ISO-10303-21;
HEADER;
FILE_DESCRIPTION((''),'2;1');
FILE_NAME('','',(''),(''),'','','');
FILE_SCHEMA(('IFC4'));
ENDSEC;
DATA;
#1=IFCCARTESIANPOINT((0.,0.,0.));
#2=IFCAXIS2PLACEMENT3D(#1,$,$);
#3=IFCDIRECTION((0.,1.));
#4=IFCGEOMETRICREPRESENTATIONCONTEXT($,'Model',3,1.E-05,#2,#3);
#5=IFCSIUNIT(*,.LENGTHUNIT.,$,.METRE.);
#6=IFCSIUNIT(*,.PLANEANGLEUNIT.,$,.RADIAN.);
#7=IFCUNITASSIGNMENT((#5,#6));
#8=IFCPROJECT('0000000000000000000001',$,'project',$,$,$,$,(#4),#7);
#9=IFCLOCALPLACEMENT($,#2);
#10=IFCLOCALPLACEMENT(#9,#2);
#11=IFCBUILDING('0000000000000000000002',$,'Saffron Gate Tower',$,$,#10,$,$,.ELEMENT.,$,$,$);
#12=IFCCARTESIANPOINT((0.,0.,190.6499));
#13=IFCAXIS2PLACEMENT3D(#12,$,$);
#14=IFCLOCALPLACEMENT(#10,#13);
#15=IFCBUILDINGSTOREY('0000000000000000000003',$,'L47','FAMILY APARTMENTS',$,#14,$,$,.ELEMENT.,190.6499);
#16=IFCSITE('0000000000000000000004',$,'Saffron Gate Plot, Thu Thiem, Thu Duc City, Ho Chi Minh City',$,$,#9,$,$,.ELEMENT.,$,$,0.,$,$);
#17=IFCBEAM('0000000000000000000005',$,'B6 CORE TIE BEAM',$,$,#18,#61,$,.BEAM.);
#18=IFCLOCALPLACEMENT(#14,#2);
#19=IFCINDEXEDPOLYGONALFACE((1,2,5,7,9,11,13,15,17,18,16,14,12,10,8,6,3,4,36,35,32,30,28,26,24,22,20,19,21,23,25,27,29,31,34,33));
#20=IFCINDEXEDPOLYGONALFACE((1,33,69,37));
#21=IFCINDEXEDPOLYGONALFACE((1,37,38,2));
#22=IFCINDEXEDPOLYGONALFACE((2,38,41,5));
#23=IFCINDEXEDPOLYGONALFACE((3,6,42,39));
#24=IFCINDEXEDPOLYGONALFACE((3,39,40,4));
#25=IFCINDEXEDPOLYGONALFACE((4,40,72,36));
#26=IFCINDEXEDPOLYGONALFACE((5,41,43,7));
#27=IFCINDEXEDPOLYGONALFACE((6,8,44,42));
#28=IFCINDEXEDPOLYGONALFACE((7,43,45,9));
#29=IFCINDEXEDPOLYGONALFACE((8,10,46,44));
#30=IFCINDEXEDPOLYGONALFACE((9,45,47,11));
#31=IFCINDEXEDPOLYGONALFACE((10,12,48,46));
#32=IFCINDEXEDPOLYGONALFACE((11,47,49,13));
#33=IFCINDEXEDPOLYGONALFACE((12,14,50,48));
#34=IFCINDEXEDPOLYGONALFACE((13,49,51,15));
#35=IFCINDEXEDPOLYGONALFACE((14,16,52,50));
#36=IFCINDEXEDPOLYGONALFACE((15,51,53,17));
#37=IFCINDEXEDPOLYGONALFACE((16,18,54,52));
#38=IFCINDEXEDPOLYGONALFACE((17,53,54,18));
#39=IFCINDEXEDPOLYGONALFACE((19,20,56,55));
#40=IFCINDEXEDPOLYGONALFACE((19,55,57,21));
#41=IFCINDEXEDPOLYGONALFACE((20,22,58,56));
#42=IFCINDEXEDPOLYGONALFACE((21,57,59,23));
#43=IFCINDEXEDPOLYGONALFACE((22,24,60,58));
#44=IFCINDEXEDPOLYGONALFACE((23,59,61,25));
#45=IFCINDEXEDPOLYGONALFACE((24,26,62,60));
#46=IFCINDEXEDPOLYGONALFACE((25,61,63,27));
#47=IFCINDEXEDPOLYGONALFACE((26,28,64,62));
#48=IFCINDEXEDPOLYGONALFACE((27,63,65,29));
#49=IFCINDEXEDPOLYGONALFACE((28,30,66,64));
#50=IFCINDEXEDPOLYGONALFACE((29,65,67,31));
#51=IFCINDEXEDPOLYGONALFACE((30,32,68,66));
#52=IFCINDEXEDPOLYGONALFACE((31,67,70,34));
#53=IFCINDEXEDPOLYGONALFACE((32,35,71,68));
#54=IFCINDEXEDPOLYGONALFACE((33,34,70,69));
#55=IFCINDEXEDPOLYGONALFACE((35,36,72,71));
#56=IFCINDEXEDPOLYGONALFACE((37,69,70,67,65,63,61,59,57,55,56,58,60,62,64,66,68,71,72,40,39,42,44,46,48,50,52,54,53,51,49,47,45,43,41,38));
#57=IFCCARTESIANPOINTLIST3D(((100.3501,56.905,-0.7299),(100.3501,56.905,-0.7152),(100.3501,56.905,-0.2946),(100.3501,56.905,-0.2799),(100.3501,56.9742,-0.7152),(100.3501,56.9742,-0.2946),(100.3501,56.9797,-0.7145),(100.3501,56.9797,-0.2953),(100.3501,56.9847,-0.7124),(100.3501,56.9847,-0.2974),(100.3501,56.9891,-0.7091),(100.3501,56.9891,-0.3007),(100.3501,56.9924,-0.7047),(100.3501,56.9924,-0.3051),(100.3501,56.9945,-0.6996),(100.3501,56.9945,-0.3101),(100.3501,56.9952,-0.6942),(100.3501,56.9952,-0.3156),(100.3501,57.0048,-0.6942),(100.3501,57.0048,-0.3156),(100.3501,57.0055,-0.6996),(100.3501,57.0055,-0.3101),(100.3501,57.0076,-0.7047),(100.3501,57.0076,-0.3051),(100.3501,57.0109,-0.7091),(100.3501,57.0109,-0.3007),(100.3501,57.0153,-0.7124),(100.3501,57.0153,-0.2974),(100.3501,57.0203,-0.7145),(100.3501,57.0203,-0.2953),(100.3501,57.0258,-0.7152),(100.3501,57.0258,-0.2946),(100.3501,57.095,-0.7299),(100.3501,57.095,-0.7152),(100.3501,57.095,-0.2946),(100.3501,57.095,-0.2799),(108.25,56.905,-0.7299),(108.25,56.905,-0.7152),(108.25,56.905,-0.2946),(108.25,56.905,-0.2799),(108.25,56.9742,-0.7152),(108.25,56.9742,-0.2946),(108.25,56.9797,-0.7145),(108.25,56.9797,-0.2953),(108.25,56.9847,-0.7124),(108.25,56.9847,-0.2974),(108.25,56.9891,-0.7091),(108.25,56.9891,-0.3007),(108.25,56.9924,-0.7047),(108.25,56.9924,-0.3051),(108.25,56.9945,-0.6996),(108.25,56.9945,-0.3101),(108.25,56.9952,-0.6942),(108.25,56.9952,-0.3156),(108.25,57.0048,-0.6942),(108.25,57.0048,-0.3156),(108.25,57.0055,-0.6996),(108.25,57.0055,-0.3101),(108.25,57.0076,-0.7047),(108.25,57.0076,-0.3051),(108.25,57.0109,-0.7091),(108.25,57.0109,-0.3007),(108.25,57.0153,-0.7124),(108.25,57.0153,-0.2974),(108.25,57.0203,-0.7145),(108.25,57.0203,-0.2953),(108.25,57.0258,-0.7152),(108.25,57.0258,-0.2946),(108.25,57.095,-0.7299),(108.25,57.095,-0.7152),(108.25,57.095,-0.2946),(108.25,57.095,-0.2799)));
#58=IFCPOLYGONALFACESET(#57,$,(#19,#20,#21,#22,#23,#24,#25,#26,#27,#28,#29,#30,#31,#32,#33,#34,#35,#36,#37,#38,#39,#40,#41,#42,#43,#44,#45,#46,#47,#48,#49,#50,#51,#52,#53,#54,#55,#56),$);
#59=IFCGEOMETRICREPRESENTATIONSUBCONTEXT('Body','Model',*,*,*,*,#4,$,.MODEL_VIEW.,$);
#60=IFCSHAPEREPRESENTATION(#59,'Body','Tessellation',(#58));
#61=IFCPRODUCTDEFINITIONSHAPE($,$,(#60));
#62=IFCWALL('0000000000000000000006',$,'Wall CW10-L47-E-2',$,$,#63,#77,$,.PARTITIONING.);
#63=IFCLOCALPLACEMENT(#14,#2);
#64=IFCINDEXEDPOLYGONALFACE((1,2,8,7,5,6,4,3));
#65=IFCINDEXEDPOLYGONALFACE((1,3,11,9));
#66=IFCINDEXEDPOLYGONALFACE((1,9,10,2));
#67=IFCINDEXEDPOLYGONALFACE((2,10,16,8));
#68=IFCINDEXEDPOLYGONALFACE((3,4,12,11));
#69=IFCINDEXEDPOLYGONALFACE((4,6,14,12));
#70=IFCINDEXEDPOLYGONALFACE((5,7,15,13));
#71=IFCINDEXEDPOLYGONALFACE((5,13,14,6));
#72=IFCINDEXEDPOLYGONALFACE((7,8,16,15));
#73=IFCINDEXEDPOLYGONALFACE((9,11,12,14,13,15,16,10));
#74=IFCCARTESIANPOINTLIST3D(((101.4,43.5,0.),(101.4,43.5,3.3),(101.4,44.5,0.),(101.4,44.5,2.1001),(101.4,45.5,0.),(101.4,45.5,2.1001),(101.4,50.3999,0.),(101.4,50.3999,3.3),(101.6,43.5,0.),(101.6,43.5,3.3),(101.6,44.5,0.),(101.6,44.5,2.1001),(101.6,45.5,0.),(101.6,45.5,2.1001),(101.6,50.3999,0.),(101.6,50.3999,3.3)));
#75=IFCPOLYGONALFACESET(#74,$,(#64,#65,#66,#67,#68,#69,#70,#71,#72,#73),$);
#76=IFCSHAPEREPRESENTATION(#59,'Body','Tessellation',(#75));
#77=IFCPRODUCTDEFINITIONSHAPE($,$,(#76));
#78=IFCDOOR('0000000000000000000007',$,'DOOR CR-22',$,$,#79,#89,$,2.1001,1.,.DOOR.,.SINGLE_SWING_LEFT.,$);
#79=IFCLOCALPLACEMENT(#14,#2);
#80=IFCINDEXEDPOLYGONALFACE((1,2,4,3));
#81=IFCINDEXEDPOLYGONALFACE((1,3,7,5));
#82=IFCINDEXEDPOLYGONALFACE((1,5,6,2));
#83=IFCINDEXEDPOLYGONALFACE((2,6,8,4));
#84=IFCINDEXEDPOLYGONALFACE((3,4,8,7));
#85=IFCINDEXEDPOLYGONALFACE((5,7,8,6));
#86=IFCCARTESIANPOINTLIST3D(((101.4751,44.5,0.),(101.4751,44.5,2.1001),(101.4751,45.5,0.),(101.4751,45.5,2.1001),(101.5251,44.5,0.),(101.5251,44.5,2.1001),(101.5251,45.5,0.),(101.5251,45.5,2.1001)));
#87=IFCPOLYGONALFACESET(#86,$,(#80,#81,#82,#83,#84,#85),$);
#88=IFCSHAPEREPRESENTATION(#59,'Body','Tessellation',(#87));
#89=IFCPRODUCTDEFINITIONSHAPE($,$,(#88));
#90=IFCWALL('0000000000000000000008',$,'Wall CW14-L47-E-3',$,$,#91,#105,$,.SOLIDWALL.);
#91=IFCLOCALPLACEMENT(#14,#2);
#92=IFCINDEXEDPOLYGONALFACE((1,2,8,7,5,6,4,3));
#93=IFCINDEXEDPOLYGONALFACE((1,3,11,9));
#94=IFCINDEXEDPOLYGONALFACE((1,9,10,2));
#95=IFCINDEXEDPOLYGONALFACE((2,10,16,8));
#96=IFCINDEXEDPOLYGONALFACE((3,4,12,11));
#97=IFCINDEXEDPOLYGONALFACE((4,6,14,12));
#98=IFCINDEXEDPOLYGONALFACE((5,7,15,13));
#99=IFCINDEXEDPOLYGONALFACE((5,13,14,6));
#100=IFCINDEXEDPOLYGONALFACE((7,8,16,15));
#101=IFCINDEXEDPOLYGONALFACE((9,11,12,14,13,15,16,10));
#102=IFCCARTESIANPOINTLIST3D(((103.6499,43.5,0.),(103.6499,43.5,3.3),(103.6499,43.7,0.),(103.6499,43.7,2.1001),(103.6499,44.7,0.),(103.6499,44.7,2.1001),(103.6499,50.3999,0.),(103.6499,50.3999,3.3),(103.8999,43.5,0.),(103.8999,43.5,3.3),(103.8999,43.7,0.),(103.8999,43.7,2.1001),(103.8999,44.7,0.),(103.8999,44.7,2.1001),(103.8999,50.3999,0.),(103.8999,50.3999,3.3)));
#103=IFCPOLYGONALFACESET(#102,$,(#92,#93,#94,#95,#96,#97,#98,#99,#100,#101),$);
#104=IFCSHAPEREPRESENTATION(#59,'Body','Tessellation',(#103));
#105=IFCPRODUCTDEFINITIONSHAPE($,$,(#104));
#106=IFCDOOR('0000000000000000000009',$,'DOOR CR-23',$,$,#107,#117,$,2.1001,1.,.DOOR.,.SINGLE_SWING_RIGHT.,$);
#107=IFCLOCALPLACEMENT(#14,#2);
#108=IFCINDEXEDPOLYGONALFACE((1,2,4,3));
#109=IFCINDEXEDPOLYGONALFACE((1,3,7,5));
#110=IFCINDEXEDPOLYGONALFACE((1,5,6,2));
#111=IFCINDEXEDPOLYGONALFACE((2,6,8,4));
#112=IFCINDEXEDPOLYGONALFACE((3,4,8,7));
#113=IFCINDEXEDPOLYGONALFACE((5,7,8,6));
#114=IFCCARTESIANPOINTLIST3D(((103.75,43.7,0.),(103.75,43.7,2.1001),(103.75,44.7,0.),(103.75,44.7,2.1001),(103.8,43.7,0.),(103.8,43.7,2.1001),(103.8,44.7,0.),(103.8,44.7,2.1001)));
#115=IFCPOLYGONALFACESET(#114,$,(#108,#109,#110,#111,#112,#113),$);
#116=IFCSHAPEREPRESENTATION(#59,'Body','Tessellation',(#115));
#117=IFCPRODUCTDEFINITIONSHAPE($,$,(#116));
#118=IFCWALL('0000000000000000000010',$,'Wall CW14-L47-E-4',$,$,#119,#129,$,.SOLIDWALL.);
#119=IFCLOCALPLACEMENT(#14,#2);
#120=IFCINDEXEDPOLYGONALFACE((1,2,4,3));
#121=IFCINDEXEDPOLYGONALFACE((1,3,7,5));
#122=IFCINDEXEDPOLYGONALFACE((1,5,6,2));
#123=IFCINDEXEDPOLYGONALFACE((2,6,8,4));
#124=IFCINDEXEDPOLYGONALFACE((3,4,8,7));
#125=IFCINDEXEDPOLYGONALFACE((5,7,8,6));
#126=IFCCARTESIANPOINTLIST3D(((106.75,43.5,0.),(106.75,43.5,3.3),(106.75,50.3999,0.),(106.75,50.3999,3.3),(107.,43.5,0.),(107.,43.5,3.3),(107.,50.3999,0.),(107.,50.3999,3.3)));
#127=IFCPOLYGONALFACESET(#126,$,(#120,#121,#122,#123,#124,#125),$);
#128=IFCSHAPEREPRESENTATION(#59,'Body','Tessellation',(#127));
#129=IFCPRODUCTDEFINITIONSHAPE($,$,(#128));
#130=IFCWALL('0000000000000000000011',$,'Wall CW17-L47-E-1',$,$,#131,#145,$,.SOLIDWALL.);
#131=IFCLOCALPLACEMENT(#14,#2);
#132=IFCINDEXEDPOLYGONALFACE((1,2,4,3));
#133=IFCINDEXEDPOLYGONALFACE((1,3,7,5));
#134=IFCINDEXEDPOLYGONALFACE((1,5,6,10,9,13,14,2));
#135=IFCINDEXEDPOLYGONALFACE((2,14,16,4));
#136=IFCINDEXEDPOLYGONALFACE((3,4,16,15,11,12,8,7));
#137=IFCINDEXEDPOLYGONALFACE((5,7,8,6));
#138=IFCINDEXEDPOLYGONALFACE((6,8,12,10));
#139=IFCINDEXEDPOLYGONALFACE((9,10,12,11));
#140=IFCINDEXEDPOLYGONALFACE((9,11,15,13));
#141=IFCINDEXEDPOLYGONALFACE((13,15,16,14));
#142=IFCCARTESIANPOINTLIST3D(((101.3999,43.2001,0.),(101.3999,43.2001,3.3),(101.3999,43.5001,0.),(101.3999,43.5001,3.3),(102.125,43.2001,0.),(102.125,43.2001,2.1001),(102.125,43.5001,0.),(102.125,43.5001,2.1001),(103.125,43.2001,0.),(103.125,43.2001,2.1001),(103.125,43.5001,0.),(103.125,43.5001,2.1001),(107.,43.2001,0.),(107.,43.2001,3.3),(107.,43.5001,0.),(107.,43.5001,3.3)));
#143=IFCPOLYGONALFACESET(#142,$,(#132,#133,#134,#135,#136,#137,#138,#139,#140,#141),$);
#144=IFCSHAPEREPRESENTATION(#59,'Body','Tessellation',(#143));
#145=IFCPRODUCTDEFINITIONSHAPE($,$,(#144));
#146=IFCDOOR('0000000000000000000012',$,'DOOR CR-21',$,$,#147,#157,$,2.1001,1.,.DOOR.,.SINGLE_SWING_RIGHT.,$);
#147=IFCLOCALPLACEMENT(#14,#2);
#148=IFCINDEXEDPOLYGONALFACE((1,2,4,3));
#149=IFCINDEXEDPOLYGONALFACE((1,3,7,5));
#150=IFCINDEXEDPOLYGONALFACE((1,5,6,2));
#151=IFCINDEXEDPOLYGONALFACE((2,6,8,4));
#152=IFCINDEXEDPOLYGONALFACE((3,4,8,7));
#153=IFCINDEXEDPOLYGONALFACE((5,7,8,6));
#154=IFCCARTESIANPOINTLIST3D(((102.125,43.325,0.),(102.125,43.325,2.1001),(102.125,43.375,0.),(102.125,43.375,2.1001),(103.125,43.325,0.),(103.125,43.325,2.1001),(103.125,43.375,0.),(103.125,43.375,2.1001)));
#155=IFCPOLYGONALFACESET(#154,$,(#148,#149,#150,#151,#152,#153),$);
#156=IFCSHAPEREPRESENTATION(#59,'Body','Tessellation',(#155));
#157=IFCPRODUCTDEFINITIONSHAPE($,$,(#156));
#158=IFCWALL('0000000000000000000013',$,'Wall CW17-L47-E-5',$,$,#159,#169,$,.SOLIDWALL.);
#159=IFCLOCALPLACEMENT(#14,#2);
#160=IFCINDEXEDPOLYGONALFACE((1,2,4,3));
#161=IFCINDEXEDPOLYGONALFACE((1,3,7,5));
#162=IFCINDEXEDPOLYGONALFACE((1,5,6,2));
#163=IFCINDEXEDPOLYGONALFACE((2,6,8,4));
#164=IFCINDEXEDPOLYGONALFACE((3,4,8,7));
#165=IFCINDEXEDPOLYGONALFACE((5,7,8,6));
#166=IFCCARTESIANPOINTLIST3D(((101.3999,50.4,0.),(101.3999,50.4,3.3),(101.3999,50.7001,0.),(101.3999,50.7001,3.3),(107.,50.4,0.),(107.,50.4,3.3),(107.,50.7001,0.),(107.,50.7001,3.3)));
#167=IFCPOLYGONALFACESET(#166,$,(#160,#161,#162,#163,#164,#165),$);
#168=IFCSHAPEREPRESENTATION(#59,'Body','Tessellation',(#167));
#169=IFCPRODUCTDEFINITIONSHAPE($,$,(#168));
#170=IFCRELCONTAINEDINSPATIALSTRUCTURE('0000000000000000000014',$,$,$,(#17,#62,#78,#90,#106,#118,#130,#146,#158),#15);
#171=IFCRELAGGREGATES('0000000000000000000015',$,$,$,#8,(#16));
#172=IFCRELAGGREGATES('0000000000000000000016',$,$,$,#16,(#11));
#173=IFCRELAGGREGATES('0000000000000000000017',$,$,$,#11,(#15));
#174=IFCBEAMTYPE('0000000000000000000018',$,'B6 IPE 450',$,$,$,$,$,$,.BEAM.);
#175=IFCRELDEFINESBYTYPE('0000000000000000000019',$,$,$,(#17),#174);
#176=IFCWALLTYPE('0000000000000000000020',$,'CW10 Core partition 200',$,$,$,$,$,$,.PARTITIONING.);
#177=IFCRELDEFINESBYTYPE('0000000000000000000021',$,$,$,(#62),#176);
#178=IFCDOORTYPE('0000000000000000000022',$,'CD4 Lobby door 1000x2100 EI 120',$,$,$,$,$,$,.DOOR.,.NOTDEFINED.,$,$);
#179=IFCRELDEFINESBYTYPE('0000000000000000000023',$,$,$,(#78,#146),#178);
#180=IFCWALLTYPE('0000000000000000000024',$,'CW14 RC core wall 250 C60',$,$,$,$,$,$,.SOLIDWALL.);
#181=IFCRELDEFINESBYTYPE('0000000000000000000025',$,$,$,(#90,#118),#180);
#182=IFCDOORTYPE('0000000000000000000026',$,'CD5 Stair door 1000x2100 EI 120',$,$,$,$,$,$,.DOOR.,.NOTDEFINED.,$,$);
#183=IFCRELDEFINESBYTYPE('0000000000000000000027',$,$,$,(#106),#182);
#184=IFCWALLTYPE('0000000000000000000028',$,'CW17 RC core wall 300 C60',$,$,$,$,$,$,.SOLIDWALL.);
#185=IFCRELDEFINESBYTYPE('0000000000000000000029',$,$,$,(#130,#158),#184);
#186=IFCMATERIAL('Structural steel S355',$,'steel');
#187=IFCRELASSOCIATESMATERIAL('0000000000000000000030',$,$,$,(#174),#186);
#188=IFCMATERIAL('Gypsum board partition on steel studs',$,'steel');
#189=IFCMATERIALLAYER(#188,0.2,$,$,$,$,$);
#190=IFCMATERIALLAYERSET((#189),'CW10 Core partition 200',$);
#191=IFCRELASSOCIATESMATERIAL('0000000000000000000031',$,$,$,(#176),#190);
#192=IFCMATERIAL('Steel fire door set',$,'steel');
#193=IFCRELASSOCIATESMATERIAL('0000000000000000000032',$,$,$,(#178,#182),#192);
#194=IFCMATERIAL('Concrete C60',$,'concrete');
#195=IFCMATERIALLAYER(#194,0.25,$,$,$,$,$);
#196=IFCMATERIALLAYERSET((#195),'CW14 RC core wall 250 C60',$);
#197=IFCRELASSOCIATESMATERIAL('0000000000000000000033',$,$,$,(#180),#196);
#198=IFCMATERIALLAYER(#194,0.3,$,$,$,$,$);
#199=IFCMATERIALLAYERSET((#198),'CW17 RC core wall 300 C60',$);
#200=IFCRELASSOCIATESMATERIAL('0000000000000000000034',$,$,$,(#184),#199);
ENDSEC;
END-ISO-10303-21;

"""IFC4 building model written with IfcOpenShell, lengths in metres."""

from ifc_helpers import new_model, si_unit, direction, frame, frame_2d, origin, origin_2d, place, context, subcontext, project, spatial, rectangle, i_section, extrude, material, layer, layer_set, material_profile, profile_set, type_object, element, fill, save


model = new_model("IFC4")

# Units and contexts
model_context = context("Model", 3, precision=1e-05, world=origin(), true_north=direction((0.0, 1.0)))
body_context = subcontext(model_context, "Body", "Model", "MODEL_VIEW")
ifc_project = project(units=[si_unit("LENGTHUNIT", "METRE"), si_unit("PLANEANGLEUNIT", "RADIAN")], contexts=[model_context])

# Site, building, storey
site_placement = place(None, origin())
site = spatial("IfcSite", under=ifc_project, at=site_placement, Name="Saffron Gate Plot, Thu Thiem, Thu Duc City, Ho Chi Minh City", CompositionType="ELEMENT", RefElevation=0.0)
building_placement = place(site_placement, origin())
building = spatial("IfcBuilding", under=site, at=building_placement, Name="Saffron Gate Tower", CompositionType="ELEMENT")
storey_placement = place(building_placement, frame((0.0, 0.0, 190.6499)))
storey = spatial("IfcBuildingStorey", under=building, at=storey_placement, Name="L47", Description="FAMILY APARTMENTS", CompositionType="ELEMENT", Elevation=190.6499)

# Beam
ifc_material_1 = material(Name="Structural steel S355", Category="steel")
ifc_material_profile = material_profile(ifc_material_1, i_section(OverallWidth=0.1899, OverallDepth=0.45, WebThickness=0.0095, FlangeThickness=0.0146, FilletRadius=0.021, at=origin_2d()))
ifc_profile_set = profile_set([ifc_material_profile], Name="Structural steel S355")
beam_type = type_object("IfcBeamType", Name="B6 IPE 450", PredefinedType="BEAM", material=ifc_profile_set)
beam_placement = place(storey_placement, frame((108.25, 57.0, -0.5049), z_axis=(-1.0, 0.0, 0.0), x_axis=(0.0, -1.0, 0.0)))
element("IfcBeam", 1, at=beam_placement, inside=storey, type_object=beam_type, Name="B6 CORE TIE BEAM", PredefinedType="BEAM", context=body_context, shape_type="SweptSolid", body=[
    extrude(i_section(OverallWidth=0.1899, OverallDepth=0.45, WebThickness=0.0095, FlangeThickness=0.0146, FilletRadius=0.021, at=origin_2d()), origin(), (0.0, 0.0, 1.0), 7.8999),
])

# Walls, openings, doors
ifc_material_2 = material(Name="Gypsum board partition on steel studs", Category="steel")
ifc_layer_1 = layer(ifc_material_2, 0.2)
ifc_layer_set_1 = layer_set([ifc_layer_1], Name="CW10 Core partition 200")
wall_type_1 = type_object("IfcWallType", Name="CW10 Core partition 200", PredefinedType="PARTITIONING", material=ifc_layer_set_1)
wall_1_placement = place(storey_placement, frame((101.5, 43.5, 0.0), z_axis=(0.0, 0.0, 1.0), x_axis=(0.0, 1.0, 0.0)))
wall_1 = element("IfcWall", 2, at=wall_1_placement, inside=storey, type_object=wall_type_1, Name="Wall CW10-L47-E-2", PredefinedType="PARTITIONING", context=body_context, shape_type="SweptSolid", body=[
    extrude(rectangle(XDim=6.8999, YDim=0.2, at=frame_2d((3.45, 0.0))), origin(), (0.0, 0.0, 1.0), 3.3),
])
opening_1_placement = place(wall_1_placement, frame((1.0, 0.0, 0.0)))
opening_1 = element("IfcOpeningElement", 3, at=opening_1_placement, cuts=wall_1, PredefinedType="OPENING", context=body_context, shape_type="SweptSolid", body=[
    extrude(rectangle(XDim=1.0, YDim=2.1001, at=frame_2d((0.5, 1.05))), frame((0.0, 0.1099, 0.0), z_axis=(0.0, -1.0, 0.0), x_axis=(1.0, 0.0, 0.0)), (0.0, 0.0, 1.0), 0.22),
])
ifc_material_3 = material(Name="Steel fire door set", Category="steel")
door_type_1 = type_object("IfcDoorType", Name="CD4 Lobby door 1000x2100 EI 120", OperationType="NOTDEFINED", PredefinedType="DOOR", material=ifc_material_3)
door_1_placement = place(opening_1_placement, origin())
door_1 = element("IfcDoor", 4, at=door_1_placement, inside=storey, type_object=door_type_1, Name="DOOR CR-22", OperationType="SINGLE_SWING_LEFT", OverallHeight=2.1001, OverallWidth=1.0, PredefinedType="DOOR", context=body_context, shape_type="SweptSolid", body=[
    extrude(rectangle(XDim=1.0, YDim=2.1001, at=frame_2d((0.5, 1.05))), frame((0.0, 0.0249, 0.0), z_axis=(0.0, -1.0, 0.0), x_axis=(1.0, 0.0, 0.0)), (0.0, 0.0, 1.0), 0.05),
])
fill(opening_1, door_1)
ifc_material_4 = material(Name="Concrete C60", Category="concrete")
ifc_layer_2 = layer(ifc_material_4, 0.25)
ifc_layer_set_2 = layer_set([ifc_layer_2], Name="CW14 RC core wall 250 C60")
wall_type_2 = type_object("IfcWallType", Name="CW14 RC core wall 250 C60", PredefinedType="SOLIDWALL", material=ifc_layer_set_2)
wall_2_placement = place(storey_placement, frame((103.7749, 43.5, 0.0), z_axis=(0.0, 0.0, 1.0), x_axis=(0.0, 1.0, 0.0)))
wall_2 = element("IfcWall", 5, at=wall_2_placement, inside=storey, type_object=wall_type_2, Name="Wall CW14-L47-E-3", PredefinedType="SOLIDWALL", context=body_context, shape_type="SweptSolid", body=[
    extrude(rectangle(XDim=6.8999, YDim=0.25, at=frame_2d((3.45, 0.0))), origin(), (0.0, 0.0, 1.0), 3.3),
])
opening_2_placement = place(wall_2_placement, frame((0.2, 0.0, 0.0)))
opening_2 = element("IfcOpeningElement", 6, at=opening_2_placement, cuts=wall_2, PredefinedType="OPENING", context=body_context, shape_type="SweptSolid", body=[
    extrude(rectangle(XDim=1.0, YDim=2.1001, at=frame_2d((0.5, 1.05))), frame((0.0, 0.135, 0.0), z_axis=(0.0, -1.0, 0.0), x_axis=(1.0, 0.0, 0.0)), (0.0, 0.0, 1.0), 0.27),
])
door_type_2 = type_object("IfcDoorType", Name="CD5 Stair door 1000x2100 EI 120", OperationType="NOTDEFINED", PredefinedType="DOOR", material=ifc_material_3)
door_2_placement = place(opening_2_placement, origin())
door_2 = element("IfcDoor", 7, at=door_2_placement, inside=storey, type_object=door_type_2, Name="DOOR CR-23", OperationType="SINGLE_SWING_RIGHT", OverallHeight=2.1001, OverallWidth=1.0, PredefinedType="DOOR", context=body_context, shape_type="SweptSolid", body=[
    extrude(rectangle(XDim=1.0, YDim=2.1001, at=frame_2d((0.5, 1.05))), frame((0.0, 0.0249, 0.0), z_axis=(0.0, -1.0, 0.0), x_axis=(1.0, 0.0, 0.0)), (0.0, 0.0, 1.0), 0.05),
])
fill(opening_2, door_2)

# Wall
wall_3_placement = place(storey_placement, frame((106.875, 43.5, 0.0), z_axis=(0.0, 0.0, 1.0), x_axis=(0.0, 1.0, 0.0)))
element("IfcWall", 8, at=wall_3_placement, inside=storey, type_object=wall_type_2, Name="Wall CW14-L47-E-4", PredefinedType="SOLIDWALL", context=body_context, shape_type="SweptSolid", body=[
    extrude(rectangle(XDim=6.8999, YDim=0.25, at=frame_2d((3.45, 0.0))), origin(), (0.0, 0.0, 1.0), 3.3),
])

# Wall, opening, door
ifc_layer_3 = layer(ifc_material_4, 0.3)
ifc_layer_set_3 = layer_set([ifc_layer_3], Name="CW17 RC core wall 300 C60")
wall_type_3 = type_object("IfcWallType", Name="CW17 RC core wall 300 C60", PredefinedType="SOLIDWALL", material=ifc_layer_set_3)
wall_4_placement = place(storey_placement, frame((101.3999, 43.3501, 0.0), z_axis=(0.0, 0.0, 1.0), x_axis=(1.0, 0.0, 0.0)))
wall_4 = element("IfcWall", 9, at=wall_4_placement, inside=storey, type_object=wall_type_3, Name="Wall CW17-L47-E-1", PredefinedType="SOLIDWALL", context=body_context, shape_type="SweptSolid", body=[
    extrude(rectangle(XDim=5.6001, YDim=0.3, at=frame_2d((2.8, 0.0))), origin(), (0.0, 0.0, 1.0), 3.3),
])
opening_3_placement = place(wall_4_placement, frame((0.7251, 0.0, 0.0)))
opening_3 = element("IfcOpeningElement", 10, at=opening_3_placement, cuts=wall_4, PredefinedType="OPENING", context=body_context, shape_type="SweptSolid", body=[
    extrude(rectangle(XDim=1.0, YDim=2.1001, at=frame_2d((0.5, 1.05))), frame((0.0, 0.1602, 0.0), z_axis=(0.0, -1.0, 0.0), x_axis=(1.0, 0.0, 0.0)), (0.0, 0.0, 1.0), 0.3201),
])
door_3_placement = place(opening_3_placement, origin())
door_3 = element("IfcDoor", 11, at=door_3_placement, inside=storey, type_object=door_type_1, Name="DOOR CR-21", OperationType="SINGLE_SWING_RIGHT", OverallHeight=2.1001, OverallWidth=1.0, PredefinedType="DOOR", context=body_context, shape_type="SweptSolid", body=[
    extrude(rectangle(XDim=1.0, YDim=2.1001, at=frame_2d((0.5, 1.05))), frame((0.0, 0.0249, 0.0), z_axis=(0.0, -1.0, 0.0), x_axis=(1.0, 0.0, 0.0)), (0.0, 0.0, 1.0), 0.05),
])
fill(opening_3, door_3)

# Wall
wall_5_placement = place(storey_placement, frame((101.3999, 50.55, 0.0), z_axis=(0.0, 0.0, 1.0), x_axis=(1.0, 0.0, 0.0)))
element("IfcWall", 12, at=wall_5_placement, inside=storey, type_object=wall_type_3, Name="Wall CW17-L47-E-5", PredefinedType="SOLIDWALL", context=body_context, shape_type="SweptSolid", body=[
    extrude(rectangle(XDim=5.6001, YDim=0.3, at=frame_2d((2.8, 0.0))), origin(), (0.0, 0.0, 1.0), 3.3),
])

save(model, "model.ifc")
